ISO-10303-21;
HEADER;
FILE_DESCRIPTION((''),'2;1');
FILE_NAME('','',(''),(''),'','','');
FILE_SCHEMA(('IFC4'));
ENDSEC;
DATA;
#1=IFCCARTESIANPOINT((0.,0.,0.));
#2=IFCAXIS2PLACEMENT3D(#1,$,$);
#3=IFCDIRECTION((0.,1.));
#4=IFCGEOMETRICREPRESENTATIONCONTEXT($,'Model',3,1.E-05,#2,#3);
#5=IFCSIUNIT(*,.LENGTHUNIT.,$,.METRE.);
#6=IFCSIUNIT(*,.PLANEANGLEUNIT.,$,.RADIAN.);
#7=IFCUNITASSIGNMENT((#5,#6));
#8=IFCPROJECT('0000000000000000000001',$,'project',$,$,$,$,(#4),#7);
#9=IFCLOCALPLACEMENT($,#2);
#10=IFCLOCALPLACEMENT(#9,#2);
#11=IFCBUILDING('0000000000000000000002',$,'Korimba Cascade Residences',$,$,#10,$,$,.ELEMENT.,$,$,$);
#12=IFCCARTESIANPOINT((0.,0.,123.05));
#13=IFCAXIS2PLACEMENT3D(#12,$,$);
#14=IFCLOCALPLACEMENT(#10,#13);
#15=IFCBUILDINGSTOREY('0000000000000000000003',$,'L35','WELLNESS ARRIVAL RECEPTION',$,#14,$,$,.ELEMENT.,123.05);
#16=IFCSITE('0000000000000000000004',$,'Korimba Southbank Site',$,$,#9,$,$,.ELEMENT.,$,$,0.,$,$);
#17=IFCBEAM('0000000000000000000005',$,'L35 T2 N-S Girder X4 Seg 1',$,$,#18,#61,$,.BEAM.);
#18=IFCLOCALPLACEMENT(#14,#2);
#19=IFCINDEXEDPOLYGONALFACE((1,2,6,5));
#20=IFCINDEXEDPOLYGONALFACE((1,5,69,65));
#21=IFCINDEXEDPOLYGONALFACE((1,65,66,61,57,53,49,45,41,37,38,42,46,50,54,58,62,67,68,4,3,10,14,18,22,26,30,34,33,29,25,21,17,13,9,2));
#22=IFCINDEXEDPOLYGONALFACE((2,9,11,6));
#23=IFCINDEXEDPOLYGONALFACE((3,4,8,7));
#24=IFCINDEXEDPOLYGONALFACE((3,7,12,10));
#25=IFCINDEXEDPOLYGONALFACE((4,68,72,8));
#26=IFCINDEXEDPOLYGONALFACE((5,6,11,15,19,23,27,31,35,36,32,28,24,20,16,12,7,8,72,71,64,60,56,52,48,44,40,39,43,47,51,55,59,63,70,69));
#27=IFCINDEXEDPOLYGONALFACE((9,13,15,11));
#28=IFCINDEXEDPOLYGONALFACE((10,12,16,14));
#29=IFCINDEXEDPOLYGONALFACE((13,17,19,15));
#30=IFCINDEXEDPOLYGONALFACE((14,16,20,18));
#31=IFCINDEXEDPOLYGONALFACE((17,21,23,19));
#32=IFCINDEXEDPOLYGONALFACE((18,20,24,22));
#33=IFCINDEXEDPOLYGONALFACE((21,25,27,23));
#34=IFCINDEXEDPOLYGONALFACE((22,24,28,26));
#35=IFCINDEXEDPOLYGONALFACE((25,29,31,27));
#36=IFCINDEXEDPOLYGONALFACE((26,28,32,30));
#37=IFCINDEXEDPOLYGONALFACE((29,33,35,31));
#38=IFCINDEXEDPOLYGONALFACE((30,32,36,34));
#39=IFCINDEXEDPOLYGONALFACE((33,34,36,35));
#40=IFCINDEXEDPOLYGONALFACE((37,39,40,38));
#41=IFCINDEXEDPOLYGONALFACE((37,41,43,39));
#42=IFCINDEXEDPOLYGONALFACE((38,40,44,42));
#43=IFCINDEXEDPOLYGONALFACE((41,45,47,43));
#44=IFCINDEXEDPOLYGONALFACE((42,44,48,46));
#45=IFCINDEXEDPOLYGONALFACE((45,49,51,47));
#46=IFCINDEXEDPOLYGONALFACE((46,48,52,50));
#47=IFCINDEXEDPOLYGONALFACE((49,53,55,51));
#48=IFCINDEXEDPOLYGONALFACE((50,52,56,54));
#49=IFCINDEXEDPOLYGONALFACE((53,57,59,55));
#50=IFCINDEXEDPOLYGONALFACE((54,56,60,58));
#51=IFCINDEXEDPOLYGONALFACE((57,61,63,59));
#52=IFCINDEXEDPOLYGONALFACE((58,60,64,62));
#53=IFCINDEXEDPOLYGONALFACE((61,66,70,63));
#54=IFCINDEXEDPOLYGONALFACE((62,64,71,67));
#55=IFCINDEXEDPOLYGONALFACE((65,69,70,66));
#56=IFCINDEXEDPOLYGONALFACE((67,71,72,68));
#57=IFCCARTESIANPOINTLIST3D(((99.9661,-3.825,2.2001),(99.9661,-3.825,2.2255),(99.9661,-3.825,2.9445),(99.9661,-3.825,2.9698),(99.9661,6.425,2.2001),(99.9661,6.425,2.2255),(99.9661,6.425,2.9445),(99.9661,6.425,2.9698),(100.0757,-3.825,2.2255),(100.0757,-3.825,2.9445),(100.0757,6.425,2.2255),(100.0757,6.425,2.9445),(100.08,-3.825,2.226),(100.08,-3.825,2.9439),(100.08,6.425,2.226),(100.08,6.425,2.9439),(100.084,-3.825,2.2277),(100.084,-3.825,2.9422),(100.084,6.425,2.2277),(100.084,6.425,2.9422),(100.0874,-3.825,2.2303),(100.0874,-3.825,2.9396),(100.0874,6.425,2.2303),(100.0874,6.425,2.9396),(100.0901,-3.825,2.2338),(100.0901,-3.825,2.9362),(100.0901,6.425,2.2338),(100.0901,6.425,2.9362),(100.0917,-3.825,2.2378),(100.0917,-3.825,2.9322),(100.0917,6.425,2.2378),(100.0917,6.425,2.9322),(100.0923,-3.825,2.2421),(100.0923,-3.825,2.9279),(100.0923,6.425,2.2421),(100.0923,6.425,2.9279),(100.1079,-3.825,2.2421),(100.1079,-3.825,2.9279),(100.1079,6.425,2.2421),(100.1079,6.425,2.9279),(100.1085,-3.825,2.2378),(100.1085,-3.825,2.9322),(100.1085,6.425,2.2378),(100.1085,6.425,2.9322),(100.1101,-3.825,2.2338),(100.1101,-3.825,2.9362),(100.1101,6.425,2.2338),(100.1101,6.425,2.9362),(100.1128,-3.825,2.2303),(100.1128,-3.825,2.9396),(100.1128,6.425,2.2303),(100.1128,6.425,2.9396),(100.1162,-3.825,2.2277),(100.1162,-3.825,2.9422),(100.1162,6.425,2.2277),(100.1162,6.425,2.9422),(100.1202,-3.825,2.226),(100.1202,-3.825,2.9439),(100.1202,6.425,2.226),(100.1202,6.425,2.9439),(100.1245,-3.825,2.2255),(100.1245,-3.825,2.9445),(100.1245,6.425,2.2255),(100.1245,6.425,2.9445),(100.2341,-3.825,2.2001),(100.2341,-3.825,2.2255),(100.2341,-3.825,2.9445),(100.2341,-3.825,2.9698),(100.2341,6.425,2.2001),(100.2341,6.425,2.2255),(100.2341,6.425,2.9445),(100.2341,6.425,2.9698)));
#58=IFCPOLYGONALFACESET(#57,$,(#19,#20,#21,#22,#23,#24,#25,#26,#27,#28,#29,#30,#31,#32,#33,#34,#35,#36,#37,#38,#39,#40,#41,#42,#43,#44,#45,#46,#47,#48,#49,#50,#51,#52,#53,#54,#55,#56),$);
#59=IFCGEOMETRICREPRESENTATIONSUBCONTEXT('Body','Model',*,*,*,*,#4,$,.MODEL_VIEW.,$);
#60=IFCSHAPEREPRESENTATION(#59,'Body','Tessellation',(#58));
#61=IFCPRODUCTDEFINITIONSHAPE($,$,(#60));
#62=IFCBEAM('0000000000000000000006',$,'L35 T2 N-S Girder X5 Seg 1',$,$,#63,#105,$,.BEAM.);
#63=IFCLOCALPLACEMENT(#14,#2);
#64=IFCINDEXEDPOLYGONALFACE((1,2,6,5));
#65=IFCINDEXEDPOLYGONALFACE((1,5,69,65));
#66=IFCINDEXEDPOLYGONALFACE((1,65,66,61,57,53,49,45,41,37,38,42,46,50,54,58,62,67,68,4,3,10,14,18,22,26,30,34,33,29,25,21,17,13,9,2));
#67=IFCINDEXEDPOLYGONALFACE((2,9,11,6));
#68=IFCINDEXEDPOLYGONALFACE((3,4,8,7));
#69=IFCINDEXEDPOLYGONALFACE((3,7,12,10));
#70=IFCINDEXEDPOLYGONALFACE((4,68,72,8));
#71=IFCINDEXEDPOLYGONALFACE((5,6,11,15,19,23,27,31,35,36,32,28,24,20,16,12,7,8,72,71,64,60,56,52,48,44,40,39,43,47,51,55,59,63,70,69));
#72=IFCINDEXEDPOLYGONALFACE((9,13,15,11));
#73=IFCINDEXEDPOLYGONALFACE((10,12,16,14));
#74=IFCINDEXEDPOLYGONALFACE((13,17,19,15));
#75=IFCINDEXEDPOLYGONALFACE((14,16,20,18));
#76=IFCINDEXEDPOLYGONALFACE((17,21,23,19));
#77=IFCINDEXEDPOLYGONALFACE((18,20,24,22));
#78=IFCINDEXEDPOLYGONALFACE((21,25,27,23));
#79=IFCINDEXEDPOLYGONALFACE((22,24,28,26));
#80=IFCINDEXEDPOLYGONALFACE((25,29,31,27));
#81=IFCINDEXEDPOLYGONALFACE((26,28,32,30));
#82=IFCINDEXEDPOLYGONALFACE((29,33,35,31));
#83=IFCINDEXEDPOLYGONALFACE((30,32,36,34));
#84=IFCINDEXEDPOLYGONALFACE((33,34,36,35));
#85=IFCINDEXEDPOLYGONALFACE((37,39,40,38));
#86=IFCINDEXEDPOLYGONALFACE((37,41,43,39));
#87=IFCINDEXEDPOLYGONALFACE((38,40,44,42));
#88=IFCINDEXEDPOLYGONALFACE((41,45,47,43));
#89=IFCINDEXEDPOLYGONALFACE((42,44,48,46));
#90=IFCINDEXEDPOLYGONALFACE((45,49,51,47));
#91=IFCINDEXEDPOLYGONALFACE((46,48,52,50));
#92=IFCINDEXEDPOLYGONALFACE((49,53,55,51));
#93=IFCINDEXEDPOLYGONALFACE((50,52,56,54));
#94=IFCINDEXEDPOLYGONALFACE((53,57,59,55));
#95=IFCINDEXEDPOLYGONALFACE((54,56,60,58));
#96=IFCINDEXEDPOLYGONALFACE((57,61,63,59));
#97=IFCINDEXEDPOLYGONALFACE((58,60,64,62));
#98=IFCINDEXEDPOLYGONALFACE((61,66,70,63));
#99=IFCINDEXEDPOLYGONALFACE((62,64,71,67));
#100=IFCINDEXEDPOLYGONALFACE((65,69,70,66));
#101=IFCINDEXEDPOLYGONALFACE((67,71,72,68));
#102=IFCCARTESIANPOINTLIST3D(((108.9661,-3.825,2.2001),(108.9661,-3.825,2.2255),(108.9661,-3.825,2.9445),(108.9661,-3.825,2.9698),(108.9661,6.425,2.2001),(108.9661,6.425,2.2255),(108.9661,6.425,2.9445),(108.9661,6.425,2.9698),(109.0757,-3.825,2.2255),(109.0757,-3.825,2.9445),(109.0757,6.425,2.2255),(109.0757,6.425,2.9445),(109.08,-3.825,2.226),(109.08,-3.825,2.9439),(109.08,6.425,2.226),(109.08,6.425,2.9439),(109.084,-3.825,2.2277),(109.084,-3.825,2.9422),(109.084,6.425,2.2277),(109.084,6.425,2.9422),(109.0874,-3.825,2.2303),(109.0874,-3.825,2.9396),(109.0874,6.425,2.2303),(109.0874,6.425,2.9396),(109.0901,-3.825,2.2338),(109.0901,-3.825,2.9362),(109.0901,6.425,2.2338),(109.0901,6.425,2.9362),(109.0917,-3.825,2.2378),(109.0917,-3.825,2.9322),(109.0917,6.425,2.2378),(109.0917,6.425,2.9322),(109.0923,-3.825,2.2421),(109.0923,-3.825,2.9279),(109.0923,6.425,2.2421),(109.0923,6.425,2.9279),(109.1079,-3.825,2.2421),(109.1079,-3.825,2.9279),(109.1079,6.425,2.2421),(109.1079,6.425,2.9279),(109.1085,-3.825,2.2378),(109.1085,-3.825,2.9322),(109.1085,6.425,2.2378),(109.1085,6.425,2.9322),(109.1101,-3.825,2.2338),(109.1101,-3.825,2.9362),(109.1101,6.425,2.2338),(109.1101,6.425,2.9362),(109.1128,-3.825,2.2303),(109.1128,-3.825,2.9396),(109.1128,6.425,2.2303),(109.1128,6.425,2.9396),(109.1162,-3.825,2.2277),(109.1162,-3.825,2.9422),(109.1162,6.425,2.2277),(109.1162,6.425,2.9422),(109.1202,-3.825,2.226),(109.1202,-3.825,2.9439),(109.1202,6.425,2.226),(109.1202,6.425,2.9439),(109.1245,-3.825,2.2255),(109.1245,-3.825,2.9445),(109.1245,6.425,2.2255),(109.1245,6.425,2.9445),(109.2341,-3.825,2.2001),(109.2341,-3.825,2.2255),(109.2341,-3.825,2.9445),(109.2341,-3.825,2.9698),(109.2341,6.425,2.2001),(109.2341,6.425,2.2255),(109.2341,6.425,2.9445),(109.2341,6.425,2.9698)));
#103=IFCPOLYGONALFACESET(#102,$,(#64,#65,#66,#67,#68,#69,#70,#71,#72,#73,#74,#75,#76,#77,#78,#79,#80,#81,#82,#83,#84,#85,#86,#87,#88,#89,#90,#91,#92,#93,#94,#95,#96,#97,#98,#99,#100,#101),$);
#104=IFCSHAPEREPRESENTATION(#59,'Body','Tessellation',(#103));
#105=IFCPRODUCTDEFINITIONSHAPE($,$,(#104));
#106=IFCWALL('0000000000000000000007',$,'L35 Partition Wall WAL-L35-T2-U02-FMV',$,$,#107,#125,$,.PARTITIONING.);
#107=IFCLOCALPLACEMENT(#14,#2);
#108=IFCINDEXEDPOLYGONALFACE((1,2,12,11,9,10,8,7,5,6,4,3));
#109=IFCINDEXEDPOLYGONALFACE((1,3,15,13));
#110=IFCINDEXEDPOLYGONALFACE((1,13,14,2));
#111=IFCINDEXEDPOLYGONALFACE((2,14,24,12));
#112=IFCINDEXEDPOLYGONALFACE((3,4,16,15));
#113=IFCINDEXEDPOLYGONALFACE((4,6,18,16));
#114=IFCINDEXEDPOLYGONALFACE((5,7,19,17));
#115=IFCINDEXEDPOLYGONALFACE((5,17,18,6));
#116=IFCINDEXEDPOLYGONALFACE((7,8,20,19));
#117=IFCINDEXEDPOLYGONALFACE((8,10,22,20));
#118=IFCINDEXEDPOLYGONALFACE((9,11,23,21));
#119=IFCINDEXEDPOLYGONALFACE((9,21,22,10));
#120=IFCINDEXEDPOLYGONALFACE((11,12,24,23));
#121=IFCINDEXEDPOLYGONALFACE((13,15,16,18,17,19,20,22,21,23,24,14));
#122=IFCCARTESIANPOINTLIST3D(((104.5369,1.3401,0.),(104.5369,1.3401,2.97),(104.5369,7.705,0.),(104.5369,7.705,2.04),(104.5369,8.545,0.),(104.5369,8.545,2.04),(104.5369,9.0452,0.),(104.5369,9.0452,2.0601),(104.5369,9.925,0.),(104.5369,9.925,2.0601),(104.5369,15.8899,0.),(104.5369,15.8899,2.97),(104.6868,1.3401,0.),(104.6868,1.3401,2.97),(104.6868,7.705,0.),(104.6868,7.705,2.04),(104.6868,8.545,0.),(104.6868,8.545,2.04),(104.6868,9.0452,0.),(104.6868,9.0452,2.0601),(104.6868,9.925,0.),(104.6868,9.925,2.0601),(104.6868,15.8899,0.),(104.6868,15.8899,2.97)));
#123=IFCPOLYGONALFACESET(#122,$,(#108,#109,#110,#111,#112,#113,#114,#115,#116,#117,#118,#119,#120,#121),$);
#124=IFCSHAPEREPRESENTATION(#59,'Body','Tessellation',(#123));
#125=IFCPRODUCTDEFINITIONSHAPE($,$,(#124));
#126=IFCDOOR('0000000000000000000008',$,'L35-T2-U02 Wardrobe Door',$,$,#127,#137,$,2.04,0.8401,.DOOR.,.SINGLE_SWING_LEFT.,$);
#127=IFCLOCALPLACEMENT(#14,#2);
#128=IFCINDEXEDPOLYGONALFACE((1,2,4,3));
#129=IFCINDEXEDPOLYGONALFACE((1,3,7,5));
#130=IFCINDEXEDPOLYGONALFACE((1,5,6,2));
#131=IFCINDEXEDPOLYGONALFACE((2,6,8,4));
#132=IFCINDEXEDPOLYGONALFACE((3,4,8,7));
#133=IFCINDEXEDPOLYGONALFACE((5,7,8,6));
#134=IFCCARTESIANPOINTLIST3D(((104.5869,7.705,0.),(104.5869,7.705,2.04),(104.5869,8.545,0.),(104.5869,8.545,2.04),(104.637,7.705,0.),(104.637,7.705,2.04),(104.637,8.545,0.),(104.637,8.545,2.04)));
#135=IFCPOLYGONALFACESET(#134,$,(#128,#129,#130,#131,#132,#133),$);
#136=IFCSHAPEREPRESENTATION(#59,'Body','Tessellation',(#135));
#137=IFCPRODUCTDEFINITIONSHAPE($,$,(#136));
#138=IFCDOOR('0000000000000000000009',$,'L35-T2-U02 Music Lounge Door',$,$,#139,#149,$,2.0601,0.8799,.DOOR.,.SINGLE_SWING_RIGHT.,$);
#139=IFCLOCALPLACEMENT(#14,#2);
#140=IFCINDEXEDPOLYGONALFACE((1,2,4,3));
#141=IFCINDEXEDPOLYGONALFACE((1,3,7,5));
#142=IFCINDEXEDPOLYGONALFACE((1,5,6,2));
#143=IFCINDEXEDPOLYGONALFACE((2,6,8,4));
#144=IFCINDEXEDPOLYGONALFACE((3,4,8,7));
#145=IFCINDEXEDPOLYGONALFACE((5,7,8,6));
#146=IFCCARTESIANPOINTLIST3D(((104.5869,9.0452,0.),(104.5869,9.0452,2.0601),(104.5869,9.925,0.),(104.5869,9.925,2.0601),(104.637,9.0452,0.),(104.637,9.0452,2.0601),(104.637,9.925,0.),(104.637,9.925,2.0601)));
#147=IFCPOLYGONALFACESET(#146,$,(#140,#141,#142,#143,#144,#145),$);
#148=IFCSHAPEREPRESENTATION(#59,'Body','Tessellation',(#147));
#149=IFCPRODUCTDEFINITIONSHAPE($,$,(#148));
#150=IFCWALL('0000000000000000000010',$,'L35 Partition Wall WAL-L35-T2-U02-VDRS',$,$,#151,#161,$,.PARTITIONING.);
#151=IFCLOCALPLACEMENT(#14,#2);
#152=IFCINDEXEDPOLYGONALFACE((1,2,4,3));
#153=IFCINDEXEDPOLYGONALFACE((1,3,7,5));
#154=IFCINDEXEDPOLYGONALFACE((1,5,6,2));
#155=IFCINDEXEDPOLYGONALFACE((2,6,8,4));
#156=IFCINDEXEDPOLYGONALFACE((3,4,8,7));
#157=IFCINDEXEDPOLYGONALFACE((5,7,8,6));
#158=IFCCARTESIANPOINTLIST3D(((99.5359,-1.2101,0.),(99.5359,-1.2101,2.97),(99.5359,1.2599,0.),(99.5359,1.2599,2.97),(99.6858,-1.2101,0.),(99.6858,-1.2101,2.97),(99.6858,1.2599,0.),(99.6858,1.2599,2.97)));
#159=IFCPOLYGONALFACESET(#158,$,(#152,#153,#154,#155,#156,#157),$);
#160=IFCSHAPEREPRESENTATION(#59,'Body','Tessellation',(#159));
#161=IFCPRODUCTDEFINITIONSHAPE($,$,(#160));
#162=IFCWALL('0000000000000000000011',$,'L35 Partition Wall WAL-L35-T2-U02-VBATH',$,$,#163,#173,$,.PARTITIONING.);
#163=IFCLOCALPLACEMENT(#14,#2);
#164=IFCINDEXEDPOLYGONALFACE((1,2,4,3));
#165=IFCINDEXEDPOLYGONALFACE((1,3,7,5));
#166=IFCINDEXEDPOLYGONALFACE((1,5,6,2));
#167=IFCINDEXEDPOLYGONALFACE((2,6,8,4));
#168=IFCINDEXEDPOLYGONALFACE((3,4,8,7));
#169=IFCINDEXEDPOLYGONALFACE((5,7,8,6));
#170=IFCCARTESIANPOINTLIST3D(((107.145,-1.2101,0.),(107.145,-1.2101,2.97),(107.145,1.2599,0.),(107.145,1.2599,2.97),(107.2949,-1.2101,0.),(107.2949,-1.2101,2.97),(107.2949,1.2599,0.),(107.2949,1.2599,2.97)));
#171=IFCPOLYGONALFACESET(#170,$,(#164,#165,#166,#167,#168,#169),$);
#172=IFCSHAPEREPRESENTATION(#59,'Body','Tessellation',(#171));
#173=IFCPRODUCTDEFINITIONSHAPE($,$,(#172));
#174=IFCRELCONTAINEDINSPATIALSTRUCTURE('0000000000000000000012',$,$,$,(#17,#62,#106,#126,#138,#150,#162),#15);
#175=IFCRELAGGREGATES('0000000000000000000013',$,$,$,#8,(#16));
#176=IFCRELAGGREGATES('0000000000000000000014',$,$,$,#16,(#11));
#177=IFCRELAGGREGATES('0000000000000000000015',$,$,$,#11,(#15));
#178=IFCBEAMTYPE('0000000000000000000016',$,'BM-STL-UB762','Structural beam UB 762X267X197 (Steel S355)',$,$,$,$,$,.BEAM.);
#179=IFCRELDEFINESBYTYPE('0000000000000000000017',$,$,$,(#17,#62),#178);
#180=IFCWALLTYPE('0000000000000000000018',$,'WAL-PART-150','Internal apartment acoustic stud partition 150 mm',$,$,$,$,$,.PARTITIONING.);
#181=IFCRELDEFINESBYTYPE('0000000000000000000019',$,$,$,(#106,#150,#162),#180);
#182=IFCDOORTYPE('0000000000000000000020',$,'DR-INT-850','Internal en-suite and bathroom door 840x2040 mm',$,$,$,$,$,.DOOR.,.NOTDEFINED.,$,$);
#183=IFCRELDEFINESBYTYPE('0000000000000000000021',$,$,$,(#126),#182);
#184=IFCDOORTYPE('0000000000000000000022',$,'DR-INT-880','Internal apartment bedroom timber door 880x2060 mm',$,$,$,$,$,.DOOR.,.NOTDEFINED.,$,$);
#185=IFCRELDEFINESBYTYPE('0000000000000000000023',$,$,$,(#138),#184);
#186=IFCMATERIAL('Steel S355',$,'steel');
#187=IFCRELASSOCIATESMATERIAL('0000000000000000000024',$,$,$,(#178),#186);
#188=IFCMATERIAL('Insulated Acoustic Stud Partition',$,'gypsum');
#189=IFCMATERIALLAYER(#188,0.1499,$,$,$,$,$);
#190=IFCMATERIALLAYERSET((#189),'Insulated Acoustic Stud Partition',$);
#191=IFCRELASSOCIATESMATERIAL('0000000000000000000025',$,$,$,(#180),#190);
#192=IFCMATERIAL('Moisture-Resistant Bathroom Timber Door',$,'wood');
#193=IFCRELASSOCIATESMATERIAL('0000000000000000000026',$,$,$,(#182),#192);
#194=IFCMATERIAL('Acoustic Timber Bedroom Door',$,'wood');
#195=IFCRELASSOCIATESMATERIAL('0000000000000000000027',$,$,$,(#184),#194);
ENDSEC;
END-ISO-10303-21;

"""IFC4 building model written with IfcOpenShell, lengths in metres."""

from ifc_helpers import new_model, si_unit, direction, frame, frame_2d, origin, origin_2d, place, context, subcontext, project, spatial, rectangle, i_section, extrude, material, layer, layer_set, material_profile, profile_set, type_object, element, fill, save


model = new_model("IFC4")

# Units and contexts
model_context = context("Model", 3, precision=1e-05, world=origin(), true_north=direction((0.0, 1.0)))
body_context = subcontext(model_context, "Body", "Model", "MODEL_VIEW")
ifc_project = project(units=[si_unit("LENGTHUNIT", "METRE"), si_unit("PLANEANGLEUNIT", "RADIAN")], contexts=[model_context])

# Site, building, storey
site_placement = place(None, origin())
site = spatial("IfcSite", under=ifc_project, at=site_placement, Name="Korimba Southbank Site", CompositionType="ELEMENT", RefElevation=0.0)
building_placement = place(site_placement, origin())
building = spatial("IfcBuilding", under=site, at=building_placement, Name="Korimba Cascade Residences", CompositionType="ELEMENT")
storey_placement = place(building_placement, frame((0.0, 0.0, 123.05)))
storey = spatial("IfcBuildingStorey", under=building, at=storey_placement, Name="L35", Description="WELLNESS ARRIVAL RECEPTION", CompositionType="ELEMENT", Elevation=123.05)

# Beams
ifc_material_1 = material(Name="Steel S355", Category="steel")
ifc_material_profile_1 = material_profile(ifc_material_1, i_section(OverallWidth=0.2681, OverallDepth=0.7698, WebThickness=0.0156, FlangeThickness=0.0254, FilletRadius=0.0166, at=origin_2d()), Name="Steel S355")
ifc_profile_set_1 = profile_set([ifc_material_profile_1], Name="Steel S355")
beam_type_1 = type_object("IfcBeamType", Name="BM-STL-UB762", Description="Structural beam UB 762X267X197 (Steel S355)", PredefinedType="BEAM", material=ifc_profile_set_1)
for number, where, z_axis, x_axis, name in (
    (1, (100.1001, -3.825, 2.585), (0.0, 1.0, 0.0), (-1.0, 0.0, 0.0), "L35 T2 N-S Girder X4 Seg 1"),
    (2, (109.1001, -3.825, 2.585), (0.0, 1.0, 0.0), (-1.0, 0.0, 0.0), "L35 T2 N-S Girder X5 Seg 1"),
):
    element("IfcBeam", number, at=place(storey_placement, frame(where, z_axis=z_axis, x_axis=x_axis)), inside=storey, type_object=beam_type_1, Name=name, PredefinedType="BEAM", context=body_context, shape_type="SweptSolid", body=[
        extrude(i_section(OverallWidth=0.2681, OverallDepth=0.7698, WebThickness=0.0156, FlangeThickness=0.0254, FilletRadius=0.0166, at=origin_2d()), origin(), (0.0, 0.0, 1.0), 10.25),
    ])

# Wall, openings, doors
ifc_material_2 = material(Name="Insulated Acoustic Stud Partition", Category="gypsum")
ifc_layer = layer(ifc_material_2, 0.1499)
ifc_layer_set = layer_set([ifc_layer], Name="Insulated Acoustic Stud Partition")
wall_type = type_object("IfcWallType", Name="WAL-PART-150", Description="Internal apartment acoustic stud partition 150 mm", PredefinedType="PARTITIONING", material=ifc_layer_set)
wall_1_placement = place(storey_placement, frame((104.6118, 1.3401, 0.0), z_axis=(0.0, 0.0, 1.0), x_axis=(0.0, 1.0, 0.0)))
wall_1 = element("IfcWall", 3, at=wall_1_placement, inside=storey, type_object=wall_type, Name="L35 Partition Wall WAL-L35-T2-U02-FMV", PredefinedType="PARTITIONING", context=body_context, shape_type="SweptSolid", body=[
    extrude(rectangle(XDim=14.5498, YDim=0.1499, at=frame_2d((7.2749, 0.0))), origin(), (0.0, 0.0, 1.0), 2.97),
])
opening_1_placement = place(wall_1_placement, frame((6.365, 0.0, 0.0)))
opening_1 = element("IfcOpeningElement", 4, at=opening_1_placement, cuts=wall_1, PredefinedType="OPENING", context=body_context, shape_type="SweptSolid", body=[
    extrude(rectangle(XDim=0.8401, YDim=2.04, at=frame_2d((0.4199, 1.02))), frame((0.0, 0.085, 0.0), z_axis=(0.0, -1.0, 0.0), x_axis=(1.0, 0.0, 0.0)), (0.0, 0.0, 1.0), 0.1699),
])
opening_2_placement = place(wall_1_placement, frame((7.7051, 0.0, 0.0)))
opening_2 = element("IfcOpeningElement", 5, at=opening_2_placement, cuts=wall_1, PredefinedType="OPENING", context=body_context, shape_type="SweptSolid", body=[
    extrude(rectangle(XDim=0.8799, YDim=2.0601, at=frame_2d((0.4399, 1.03))), frame((0.0, 0.085, 0.0), z_axis=(0.0, -1.0, 0.0), x_axis=(1.0, 0.0, 0.0)), (0.0, 0.0, 1.0), 0.1699),
])
ifc_material_3 = material(Name="Moisture-Resistant Bathroom Timber Door", Category="wood")
door_type_1 = type_object("IfcDoorType", Name="DR-INT-850", Description="Internal en-suite and bathroom door 840x2040 mm", OperationType="NOTDEFINED", PredefinedType="DOOR", material=ifc_material_3)
door_1_placement = place(opening_1_placement, origin())
door_1 = element("IfcDoor", 6, at=door_1_placement, inside=storey, type_object=door_type_1, Name="L35-T2-U02 Wardrobe Door", OperationType="SINGLE_SWING_LEFT", OverallHeight=2.04, OverallWidth=0.8401, PredefinedType="DOOR", context=body_context, shape_type="SweptSolid", body=[
    extrude(rectangle(XDim=0.8401, YDim=2.04, at=frame_2d((0.4199, 1.02))), frame((0.0, 0.0249, 0.0), z_axis=(0.0, -1.0, 0.0), x_axis=(1.0, 0.0, 0.0)), (0.0, 0.0, 1.0), 0.05),
])
fill(opening_1, door_1)
ifc_material_4 = material(Name="Acoustic Timber Bedroom Door", Category="wood")
door_type_2 = type_object("IfcDoorType", Name="DR-INT-880", Description="Internal apartment bedroom timber door 880x2060 mm", OperationType="NOTDEFINED", PredefinedType="DOOR", material=ifc_material_4)
door_2_placement = place(opening_2_placement, origin())
door_2 = element("IfcDoor", 7, at=door_2_placement, inside=storey, type_object=door_type_2, Name="L35-T2-U02 Music Lounge Door", OperationType="SINGLE_SWING_RIGHT", OverallHeight=2.0601, OverallWidth=0.8799, PredefinedType="DOOR", context=body_context, shape_type="SweptSolid", body=[
    extrude(rectangle(XDim=0.8799, YDim=2.0601, at=frame_2d((0.4399, 1.03))), frame((0.0, 0.0249, 0.0), z_axis=(0.0, -1.0, 0.0), x_axis=(1.0, 0.0, 0.0)), (0.0, 0.0, 1.0), 0.05),
])
fill(opening_2, door_2)

# Walls
for number, where, z_axis, x_axis, name in (
    (8, (99.6108, -1.21, 0.0), (0.0, 0.0, 1.0), (0.0, 1.0, 0.0), "L35 Partition Wall WAL-L35-T2-U02-VDRS"),
    (9, (107.22, -1.21, 0.0), (0.0, 0.0, 1.0), (0.0, 1.0, 0.0), "L35 Partition Wall WAL-L35-T2-U02-VBATH"),
):
    element("IfcWall", number, at=place(storey_placement, frame(where, z_axis=z_axis, x_axis=x_axis)), inside=storey, type_object=wall_type, Name=name, PredefinedType="PARTITIONING", context=body_context, shape_type="SweptSolid", body=[
        extrude(rectangle(XDim=2.47, YDim=0.1499, at=frame_2d((1.2349, 0.0))), origin(), (0.0, 0.0, 1.0), 2.97),
    ])

save(model, "model.ifc")
